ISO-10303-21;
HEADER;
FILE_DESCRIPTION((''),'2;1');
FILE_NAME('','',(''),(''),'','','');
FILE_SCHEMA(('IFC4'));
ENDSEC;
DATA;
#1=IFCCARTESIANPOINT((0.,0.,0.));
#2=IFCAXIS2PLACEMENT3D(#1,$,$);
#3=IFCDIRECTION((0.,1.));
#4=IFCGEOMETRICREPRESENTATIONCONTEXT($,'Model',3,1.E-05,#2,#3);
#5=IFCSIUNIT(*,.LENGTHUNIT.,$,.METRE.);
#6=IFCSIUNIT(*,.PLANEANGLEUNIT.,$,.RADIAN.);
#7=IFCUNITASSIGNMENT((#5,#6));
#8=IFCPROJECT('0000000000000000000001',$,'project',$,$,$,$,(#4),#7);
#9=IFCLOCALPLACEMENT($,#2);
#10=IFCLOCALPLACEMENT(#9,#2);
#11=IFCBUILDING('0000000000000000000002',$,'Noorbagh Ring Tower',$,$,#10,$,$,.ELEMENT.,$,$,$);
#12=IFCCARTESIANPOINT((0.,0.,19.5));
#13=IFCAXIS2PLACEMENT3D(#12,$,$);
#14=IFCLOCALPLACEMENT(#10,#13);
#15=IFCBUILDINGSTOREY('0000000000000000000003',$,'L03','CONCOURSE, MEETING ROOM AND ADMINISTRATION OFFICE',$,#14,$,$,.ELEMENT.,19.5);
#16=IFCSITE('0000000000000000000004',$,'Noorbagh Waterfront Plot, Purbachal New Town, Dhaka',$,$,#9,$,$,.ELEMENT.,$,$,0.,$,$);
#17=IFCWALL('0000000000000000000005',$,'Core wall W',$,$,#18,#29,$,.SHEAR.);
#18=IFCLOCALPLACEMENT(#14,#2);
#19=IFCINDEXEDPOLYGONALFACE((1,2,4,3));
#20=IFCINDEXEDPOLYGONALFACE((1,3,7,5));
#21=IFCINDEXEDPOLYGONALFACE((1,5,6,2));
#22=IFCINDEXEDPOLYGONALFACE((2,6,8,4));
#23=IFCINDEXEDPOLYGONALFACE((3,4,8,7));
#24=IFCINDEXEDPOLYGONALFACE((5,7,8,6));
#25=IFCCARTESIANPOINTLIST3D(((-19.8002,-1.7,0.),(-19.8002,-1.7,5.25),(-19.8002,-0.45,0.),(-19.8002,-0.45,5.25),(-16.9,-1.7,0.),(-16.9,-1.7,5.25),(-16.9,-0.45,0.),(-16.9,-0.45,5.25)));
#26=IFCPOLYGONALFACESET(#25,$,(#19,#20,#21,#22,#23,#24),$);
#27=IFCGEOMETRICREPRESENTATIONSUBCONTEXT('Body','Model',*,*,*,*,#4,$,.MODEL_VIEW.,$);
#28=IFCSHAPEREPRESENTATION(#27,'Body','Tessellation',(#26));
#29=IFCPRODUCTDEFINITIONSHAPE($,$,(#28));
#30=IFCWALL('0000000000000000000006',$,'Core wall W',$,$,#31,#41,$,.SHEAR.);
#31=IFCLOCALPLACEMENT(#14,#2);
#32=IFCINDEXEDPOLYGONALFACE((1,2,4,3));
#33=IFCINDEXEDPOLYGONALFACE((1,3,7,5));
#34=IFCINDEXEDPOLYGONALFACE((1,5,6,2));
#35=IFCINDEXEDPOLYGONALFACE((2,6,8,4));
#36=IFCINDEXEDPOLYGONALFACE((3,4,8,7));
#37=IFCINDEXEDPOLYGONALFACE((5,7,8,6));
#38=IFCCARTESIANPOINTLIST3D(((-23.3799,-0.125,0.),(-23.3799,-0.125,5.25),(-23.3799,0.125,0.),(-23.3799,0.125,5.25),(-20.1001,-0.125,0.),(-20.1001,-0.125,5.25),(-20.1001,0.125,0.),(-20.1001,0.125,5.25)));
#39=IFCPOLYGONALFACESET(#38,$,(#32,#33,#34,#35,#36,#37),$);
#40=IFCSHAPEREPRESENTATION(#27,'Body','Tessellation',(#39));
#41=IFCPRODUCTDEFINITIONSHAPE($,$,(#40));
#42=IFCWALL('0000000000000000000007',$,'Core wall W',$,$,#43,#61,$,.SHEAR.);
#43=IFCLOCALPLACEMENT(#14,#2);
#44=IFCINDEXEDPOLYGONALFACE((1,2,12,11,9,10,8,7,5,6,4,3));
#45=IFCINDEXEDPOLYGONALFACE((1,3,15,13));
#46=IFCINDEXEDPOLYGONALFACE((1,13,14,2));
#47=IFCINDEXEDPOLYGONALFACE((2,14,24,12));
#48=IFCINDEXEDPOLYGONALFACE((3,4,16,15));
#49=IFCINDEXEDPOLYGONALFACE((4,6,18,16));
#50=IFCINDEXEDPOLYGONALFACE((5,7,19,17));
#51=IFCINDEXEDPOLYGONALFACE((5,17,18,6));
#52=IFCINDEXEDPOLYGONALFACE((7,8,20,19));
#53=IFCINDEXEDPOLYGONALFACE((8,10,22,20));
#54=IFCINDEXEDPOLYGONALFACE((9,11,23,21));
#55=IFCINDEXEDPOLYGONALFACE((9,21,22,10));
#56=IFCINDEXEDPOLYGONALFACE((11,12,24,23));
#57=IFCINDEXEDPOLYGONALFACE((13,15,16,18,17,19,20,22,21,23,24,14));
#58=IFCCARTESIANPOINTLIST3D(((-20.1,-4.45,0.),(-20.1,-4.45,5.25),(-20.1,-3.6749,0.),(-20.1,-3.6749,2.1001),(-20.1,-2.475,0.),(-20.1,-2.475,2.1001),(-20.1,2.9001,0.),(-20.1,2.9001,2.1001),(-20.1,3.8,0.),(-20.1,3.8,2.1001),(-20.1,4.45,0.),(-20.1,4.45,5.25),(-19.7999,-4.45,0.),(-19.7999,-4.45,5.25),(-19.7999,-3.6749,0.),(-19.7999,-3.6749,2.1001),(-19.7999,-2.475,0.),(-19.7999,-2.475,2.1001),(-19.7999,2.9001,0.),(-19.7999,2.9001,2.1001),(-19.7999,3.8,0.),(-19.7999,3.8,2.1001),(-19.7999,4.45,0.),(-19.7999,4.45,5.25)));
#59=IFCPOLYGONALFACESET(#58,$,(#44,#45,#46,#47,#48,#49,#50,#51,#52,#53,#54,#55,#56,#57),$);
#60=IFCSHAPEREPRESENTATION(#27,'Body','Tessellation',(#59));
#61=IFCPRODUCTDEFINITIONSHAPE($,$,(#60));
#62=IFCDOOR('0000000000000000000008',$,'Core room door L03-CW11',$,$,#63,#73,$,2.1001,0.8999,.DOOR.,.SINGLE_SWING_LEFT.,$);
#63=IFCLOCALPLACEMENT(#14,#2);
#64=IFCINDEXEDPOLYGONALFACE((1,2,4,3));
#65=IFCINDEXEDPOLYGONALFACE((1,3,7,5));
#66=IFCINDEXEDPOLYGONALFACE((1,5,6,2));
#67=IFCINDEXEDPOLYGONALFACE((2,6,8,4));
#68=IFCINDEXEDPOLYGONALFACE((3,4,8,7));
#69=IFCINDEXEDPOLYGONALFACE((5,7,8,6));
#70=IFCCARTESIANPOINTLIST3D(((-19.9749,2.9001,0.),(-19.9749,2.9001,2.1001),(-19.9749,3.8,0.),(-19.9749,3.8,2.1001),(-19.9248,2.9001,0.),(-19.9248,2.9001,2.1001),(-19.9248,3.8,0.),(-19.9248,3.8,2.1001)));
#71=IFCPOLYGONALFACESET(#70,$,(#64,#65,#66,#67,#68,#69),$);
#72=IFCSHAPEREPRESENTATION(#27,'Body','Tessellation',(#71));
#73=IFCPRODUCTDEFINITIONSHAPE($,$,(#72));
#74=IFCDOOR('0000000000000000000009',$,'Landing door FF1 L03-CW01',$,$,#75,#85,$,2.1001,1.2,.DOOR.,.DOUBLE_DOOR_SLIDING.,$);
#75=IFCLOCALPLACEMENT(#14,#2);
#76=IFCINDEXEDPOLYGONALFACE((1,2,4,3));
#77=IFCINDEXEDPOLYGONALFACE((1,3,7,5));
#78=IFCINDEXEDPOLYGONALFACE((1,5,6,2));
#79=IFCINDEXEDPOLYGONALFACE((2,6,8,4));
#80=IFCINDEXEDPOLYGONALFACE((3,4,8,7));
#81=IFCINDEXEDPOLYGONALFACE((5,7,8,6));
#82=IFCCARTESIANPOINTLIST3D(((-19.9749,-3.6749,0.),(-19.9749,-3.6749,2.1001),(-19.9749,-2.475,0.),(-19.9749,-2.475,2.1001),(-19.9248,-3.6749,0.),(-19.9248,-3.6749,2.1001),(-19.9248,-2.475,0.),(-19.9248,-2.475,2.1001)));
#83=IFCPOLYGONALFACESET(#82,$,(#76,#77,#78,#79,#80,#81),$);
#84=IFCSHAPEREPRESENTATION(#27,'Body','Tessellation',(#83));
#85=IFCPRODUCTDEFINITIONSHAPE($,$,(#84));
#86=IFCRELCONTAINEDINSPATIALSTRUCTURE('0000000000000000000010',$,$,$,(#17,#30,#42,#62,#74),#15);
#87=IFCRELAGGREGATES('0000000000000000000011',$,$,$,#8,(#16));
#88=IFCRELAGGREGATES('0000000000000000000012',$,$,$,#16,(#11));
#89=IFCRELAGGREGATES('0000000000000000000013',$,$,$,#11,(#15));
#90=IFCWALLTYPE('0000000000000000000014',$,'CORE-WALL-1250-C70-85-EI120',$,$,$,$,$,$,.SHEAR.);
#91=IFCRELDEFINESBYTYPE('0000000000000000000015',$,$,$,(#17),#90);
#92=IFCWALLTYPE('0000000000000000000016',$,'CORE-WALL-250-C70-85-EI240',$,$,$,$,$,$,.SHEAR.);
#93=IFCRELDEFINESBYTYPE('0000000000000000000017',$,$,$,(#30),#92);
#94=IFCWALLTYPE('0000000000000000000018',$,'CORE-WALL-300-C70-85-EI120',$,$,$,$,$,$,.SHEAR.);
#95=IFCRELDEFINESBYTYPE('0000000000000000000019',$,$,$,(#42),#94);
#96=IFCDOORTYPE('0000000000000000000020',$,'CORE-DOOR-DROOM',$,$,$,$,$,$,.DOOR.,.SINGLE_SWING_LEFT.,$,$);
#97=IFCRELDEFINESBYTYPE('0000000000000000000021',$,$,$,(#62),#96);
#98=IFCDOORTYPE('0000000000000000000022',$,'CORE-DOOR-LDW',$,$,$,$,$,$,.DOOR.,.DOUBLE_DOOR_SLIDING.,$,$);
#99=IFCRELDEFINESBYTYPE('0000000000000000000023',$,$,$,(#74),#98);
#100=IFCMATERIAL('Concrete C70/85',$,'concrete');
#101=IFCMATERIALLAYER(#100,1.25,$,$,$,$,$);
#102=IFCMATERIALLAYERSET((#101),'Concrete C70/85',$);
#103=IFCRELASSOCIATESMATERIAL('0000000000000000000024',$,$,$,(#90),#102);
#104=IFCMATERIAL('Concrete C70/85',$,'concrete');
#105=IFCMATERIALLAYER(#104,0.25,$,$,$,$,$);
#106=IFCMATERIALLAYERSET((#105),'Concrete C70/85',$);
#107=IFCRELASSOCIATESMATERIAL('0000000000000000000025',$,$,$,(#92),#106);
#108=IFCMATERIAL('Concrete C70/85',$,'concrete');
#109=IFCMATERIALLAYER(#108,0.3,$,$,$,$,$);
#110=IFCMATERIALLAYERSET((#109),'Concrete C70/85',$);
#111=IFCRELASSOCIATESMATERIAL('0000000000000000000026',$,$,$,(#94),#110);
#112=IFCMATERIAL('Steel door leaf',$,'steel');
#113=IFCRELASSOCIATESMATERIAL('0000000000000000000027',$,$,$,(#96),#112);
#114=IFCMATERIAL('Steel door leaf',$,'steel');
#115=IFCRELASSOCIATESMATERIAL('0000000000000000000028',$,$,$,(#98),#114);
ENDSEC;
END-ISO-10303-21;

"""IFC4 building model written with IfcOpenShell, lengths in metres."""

from ifc_helpers import new_model, si_unit, direction, frame, frame_2d, origin, place, context, subcontext, project, spatial, rectangle, extrude, material, layer, layer_set, type_object, element, fill, save


model = new_model("IFC4")

# Units and contexts
model_context = context("Model", 3, precision=1e-05, world=origin(), true_north=direction((0.0, 1.0)))
body_context = subcontext(model_context, "Body", "Model", "MODEL_VIEW")
ifc_project = project(units=[si_unit("LENGTHUNIT", "METRE"), si_unit("PLANEANGLEUNIT", "RADIAN")], contexts=[model_context])

# Site, building, storey
site_placement = place(None, origin())
site = spatial("IfcSite", under=ifc_project, at=site_placement, Name="Noorbagh Waterfront Plot, Purbachal New Town, Dhaka", CompositionType="ELEMENT", RefElevation=0.0)
building_placement = place(site_placement, origin())
building = spatial("IfcBuilding", under=site, at=building_placement, Name="Noorbagh Ring Tower", CompositionType="ELEMENT")
storey_placement = place(building_placement, frame((0.0, 0.0, 19.5)))
storey = spatial("IfcBuildingStorey", under=building, at=storey_placement, Name="L03", Description="CONCOURSE, MEETING ROOM AND ADMINISTRATION OFFICE", CompositionType="ELEMENT", Elevation=19.5)

# Walls
ifc_material_1 = material(Name="Concrete C70/85", Category="concrete")
ifc_layer_1 = layer(ifc_material_1, 1.25)
ifc_layer_set_1 = layer_set([ifc_layer_1], Name="Concrete C70/85")
wall_type_1 = type_object("IfcWallType", Name="CORE-WALL-1250-C70-85-EI120", PredefinedType="SHEAR", material=ifc_layer_set_1)
wall_1_placement = place(storey_placement, frame((-16.8999, -1.075, 0.0), z_axis=(0.0, 0.0, 1.0), x_axis=(-1.0, 0.0, 0.0)))
element("IfcWall", 1, at=wall_1_placement, inside=storey, type_object=wall_type_1, Name="Core wall W", PredefinedType="SHEAR", context=body_context, shape_type="SweptSolid", body=[
    extrude(rectangle(XDim=2.9001, YDim=1.25, at=frame_2d((1.4502, 0.0))), origin(), (0.0, 0.0, 1.0), 5.25),
])
ifc_material_2 = material(Name="Concrete C70/85", Category="concrete")
ifc_layer_2 = layer(ifc_material_2, 0.25)
ifc_layer_set_2 = layer_set([ifc_layer_2], Name="Concrete C70/85")
wall_type_2 = type_object("IfcWallType", Name="CORE-WALL-250-C70-85-EI240", PredefinedType="SHEAR", material=ifc_layer_set_2)
wall_2_placement = place(storey_placement, frame((-20.1001, 0.0, 0.0), z_axis=(0.0, 0.0, 1.0), x_axis=(-1.0, 0.0, 0.0)))
element("IfcWall", 2, at=wall_2_placement, inside=storey, type_object=wall_type_2, Name="Core wall W", PredefinedType="SHEAR", context=body_context, shape_type="SweptSolid", body=[
    extrude(rectangle(XDim=3.2798, YDim=0.25, at=frame_2d((1.6399, 0.0))), origin(), (0.0, 0.0, 1.0), 5.25),
])

# Wall, openings, doors
ifc_material_3 = material(Name="Concrete C70/85", Category="concrete")
ifc_layer_3 = layer(ifc_material_3, 0.3)
ifc_layer_set_3 = layer_set([ifc_layer_3], Name="Concrete C70/85")
wall_type_3 = type_object("IfcWallType", Name="CORE-WALL-300-C70-85-EI120", PredefinedType="SHEAR", material=ifc_layer_set_3)
wall_3_placement = place(storey_placement, frame((-19.95, -4.45, 0.0), z_axis=(0.0, 0.0, 1.0), x_axis=(0.0, 1.0, 0.0)))
wall_3 = element("IfcWall", 3, at=wall_3_placement, inside=storey, type_object=wall_type_3, Name="Core wall W", PredefinedType="SHEAR", context=body_context, shape_type="SweptSolid", body=[
    extrude(rectangle(XDim=8.8999, YDim=0.3, at=frame_2d((4.45, 0.0))), origin(), (0.0, 0.0, 1.0), 5.25),
])
opening_1_placement = place(wall_3_placement, frame((0.7749, 0.0, 0.0)))
opening_1 = element("IfcOpeningElement", 4, at=opening_1_placement, cuts=wall_3, PredefinedType="OPENING", context=body_context, shape_type="SweptSolid", body=[
    extrude(rectangle(XDim=1.2, YDim=2.1001, at=frame_2d((0.6001, 1.05))), frame((0.0, 0.1602, 0.0), z_axis=(0.0, -1.0, 0.0), x_axis=(1.0, 0.0, 0.0)), (0.0, 0.0, 1.0), 0.3201),
])
opening_2_placement = place(wall_3_placement, frame((7.3501, 0.0, 0.0)))
opening_2 = element("IfcOpeningElement", 5, at=opening_2_placement, cuts=wall_3, PredefinedType="OPENING", context=body_context, shape_type="SweptSolid", body=[
    extrude(rectangle(XDim=0.8999, YDim=2.1001, at=frame_2d((0.45, 1.05))), frame((0.0, 0.1602, 0.0), z_axis=(0.0, -1.0, 0.0), x_axis=(1.0, 0.0, 0.0)), (0.0, 0.0, 1.0), 0.3201),
])
ifc_material_4 = material(Name="Steel door leaf", Category="steel")
door_type_1 = type_object("IfcDoorType", Name="CORE-DOOR-DROOM", OperationType="SINGLE_SWING_LEFT", PredefinedType="DOOR", material=ifc_material_4)
door_1_placement = place(opening_2_placement, origin())
door_1 = element("IfcDoor", 6, at=door_1_placement, inside=storey, type_object=door_type_1, Name="Core room door L03-CW11", OperationType="SINGLE_SWING_LEFT", OverallHeight=2.1001, OverallWidth=0.8999, PredefinedType="DOOR", context=body_context, shape_type="SweptSolid", body=[
    extrude(rectangle(XDim=0.8999, YDim=2.1001, at=frame_2d((0.45, 1.05))), frame((0.0, 0.0249, 0.0), z_axis=(0.0, -1.0, 0.0), x_axis=(1.0, 0.0, 0.0)), (0.0, 0.0, 1.0), 0.05),
])
fill(opening_2, door_1)
ifc_material_5 = material(Name="Steel door leaf", Category="steel")
door_type_2 = type_object("IfcDoorType", Name="CORE-DOOR-LDW", OperationType="DOUBLE_DOOR_SLIDING", PredefinedType="DOOR", material=ifc_material_5)
door_2_placement = place(opening_1_placement, origin())
door_2 = element("IfcDoor", 7, at=door_2_placement, inside=storey, type_object=door_type_2, Name="Landing door FF1 L03-CW01", OperationType="DOUBLE_DOOR_SLIDING", OverallHeight=2.1001, OverallWidth=1.2, PredefinedType="DOOR", context=body_context, shape_type="SweptSolid", body=[
    extrude(rectangle(XDim=1.2, YDim=2.1001, at=frame_2d((0.6001, 1.05))), frame((0.0, 0.0249, 0.0), z_axis=(0.0, -1.0, 0.0), x_axis=(1.0, 0.0, 0.0)), (0.0, 0.0, 1.0), 0.05),
])
fill(opening_1, door_2)

save(model, "model.ifc")
